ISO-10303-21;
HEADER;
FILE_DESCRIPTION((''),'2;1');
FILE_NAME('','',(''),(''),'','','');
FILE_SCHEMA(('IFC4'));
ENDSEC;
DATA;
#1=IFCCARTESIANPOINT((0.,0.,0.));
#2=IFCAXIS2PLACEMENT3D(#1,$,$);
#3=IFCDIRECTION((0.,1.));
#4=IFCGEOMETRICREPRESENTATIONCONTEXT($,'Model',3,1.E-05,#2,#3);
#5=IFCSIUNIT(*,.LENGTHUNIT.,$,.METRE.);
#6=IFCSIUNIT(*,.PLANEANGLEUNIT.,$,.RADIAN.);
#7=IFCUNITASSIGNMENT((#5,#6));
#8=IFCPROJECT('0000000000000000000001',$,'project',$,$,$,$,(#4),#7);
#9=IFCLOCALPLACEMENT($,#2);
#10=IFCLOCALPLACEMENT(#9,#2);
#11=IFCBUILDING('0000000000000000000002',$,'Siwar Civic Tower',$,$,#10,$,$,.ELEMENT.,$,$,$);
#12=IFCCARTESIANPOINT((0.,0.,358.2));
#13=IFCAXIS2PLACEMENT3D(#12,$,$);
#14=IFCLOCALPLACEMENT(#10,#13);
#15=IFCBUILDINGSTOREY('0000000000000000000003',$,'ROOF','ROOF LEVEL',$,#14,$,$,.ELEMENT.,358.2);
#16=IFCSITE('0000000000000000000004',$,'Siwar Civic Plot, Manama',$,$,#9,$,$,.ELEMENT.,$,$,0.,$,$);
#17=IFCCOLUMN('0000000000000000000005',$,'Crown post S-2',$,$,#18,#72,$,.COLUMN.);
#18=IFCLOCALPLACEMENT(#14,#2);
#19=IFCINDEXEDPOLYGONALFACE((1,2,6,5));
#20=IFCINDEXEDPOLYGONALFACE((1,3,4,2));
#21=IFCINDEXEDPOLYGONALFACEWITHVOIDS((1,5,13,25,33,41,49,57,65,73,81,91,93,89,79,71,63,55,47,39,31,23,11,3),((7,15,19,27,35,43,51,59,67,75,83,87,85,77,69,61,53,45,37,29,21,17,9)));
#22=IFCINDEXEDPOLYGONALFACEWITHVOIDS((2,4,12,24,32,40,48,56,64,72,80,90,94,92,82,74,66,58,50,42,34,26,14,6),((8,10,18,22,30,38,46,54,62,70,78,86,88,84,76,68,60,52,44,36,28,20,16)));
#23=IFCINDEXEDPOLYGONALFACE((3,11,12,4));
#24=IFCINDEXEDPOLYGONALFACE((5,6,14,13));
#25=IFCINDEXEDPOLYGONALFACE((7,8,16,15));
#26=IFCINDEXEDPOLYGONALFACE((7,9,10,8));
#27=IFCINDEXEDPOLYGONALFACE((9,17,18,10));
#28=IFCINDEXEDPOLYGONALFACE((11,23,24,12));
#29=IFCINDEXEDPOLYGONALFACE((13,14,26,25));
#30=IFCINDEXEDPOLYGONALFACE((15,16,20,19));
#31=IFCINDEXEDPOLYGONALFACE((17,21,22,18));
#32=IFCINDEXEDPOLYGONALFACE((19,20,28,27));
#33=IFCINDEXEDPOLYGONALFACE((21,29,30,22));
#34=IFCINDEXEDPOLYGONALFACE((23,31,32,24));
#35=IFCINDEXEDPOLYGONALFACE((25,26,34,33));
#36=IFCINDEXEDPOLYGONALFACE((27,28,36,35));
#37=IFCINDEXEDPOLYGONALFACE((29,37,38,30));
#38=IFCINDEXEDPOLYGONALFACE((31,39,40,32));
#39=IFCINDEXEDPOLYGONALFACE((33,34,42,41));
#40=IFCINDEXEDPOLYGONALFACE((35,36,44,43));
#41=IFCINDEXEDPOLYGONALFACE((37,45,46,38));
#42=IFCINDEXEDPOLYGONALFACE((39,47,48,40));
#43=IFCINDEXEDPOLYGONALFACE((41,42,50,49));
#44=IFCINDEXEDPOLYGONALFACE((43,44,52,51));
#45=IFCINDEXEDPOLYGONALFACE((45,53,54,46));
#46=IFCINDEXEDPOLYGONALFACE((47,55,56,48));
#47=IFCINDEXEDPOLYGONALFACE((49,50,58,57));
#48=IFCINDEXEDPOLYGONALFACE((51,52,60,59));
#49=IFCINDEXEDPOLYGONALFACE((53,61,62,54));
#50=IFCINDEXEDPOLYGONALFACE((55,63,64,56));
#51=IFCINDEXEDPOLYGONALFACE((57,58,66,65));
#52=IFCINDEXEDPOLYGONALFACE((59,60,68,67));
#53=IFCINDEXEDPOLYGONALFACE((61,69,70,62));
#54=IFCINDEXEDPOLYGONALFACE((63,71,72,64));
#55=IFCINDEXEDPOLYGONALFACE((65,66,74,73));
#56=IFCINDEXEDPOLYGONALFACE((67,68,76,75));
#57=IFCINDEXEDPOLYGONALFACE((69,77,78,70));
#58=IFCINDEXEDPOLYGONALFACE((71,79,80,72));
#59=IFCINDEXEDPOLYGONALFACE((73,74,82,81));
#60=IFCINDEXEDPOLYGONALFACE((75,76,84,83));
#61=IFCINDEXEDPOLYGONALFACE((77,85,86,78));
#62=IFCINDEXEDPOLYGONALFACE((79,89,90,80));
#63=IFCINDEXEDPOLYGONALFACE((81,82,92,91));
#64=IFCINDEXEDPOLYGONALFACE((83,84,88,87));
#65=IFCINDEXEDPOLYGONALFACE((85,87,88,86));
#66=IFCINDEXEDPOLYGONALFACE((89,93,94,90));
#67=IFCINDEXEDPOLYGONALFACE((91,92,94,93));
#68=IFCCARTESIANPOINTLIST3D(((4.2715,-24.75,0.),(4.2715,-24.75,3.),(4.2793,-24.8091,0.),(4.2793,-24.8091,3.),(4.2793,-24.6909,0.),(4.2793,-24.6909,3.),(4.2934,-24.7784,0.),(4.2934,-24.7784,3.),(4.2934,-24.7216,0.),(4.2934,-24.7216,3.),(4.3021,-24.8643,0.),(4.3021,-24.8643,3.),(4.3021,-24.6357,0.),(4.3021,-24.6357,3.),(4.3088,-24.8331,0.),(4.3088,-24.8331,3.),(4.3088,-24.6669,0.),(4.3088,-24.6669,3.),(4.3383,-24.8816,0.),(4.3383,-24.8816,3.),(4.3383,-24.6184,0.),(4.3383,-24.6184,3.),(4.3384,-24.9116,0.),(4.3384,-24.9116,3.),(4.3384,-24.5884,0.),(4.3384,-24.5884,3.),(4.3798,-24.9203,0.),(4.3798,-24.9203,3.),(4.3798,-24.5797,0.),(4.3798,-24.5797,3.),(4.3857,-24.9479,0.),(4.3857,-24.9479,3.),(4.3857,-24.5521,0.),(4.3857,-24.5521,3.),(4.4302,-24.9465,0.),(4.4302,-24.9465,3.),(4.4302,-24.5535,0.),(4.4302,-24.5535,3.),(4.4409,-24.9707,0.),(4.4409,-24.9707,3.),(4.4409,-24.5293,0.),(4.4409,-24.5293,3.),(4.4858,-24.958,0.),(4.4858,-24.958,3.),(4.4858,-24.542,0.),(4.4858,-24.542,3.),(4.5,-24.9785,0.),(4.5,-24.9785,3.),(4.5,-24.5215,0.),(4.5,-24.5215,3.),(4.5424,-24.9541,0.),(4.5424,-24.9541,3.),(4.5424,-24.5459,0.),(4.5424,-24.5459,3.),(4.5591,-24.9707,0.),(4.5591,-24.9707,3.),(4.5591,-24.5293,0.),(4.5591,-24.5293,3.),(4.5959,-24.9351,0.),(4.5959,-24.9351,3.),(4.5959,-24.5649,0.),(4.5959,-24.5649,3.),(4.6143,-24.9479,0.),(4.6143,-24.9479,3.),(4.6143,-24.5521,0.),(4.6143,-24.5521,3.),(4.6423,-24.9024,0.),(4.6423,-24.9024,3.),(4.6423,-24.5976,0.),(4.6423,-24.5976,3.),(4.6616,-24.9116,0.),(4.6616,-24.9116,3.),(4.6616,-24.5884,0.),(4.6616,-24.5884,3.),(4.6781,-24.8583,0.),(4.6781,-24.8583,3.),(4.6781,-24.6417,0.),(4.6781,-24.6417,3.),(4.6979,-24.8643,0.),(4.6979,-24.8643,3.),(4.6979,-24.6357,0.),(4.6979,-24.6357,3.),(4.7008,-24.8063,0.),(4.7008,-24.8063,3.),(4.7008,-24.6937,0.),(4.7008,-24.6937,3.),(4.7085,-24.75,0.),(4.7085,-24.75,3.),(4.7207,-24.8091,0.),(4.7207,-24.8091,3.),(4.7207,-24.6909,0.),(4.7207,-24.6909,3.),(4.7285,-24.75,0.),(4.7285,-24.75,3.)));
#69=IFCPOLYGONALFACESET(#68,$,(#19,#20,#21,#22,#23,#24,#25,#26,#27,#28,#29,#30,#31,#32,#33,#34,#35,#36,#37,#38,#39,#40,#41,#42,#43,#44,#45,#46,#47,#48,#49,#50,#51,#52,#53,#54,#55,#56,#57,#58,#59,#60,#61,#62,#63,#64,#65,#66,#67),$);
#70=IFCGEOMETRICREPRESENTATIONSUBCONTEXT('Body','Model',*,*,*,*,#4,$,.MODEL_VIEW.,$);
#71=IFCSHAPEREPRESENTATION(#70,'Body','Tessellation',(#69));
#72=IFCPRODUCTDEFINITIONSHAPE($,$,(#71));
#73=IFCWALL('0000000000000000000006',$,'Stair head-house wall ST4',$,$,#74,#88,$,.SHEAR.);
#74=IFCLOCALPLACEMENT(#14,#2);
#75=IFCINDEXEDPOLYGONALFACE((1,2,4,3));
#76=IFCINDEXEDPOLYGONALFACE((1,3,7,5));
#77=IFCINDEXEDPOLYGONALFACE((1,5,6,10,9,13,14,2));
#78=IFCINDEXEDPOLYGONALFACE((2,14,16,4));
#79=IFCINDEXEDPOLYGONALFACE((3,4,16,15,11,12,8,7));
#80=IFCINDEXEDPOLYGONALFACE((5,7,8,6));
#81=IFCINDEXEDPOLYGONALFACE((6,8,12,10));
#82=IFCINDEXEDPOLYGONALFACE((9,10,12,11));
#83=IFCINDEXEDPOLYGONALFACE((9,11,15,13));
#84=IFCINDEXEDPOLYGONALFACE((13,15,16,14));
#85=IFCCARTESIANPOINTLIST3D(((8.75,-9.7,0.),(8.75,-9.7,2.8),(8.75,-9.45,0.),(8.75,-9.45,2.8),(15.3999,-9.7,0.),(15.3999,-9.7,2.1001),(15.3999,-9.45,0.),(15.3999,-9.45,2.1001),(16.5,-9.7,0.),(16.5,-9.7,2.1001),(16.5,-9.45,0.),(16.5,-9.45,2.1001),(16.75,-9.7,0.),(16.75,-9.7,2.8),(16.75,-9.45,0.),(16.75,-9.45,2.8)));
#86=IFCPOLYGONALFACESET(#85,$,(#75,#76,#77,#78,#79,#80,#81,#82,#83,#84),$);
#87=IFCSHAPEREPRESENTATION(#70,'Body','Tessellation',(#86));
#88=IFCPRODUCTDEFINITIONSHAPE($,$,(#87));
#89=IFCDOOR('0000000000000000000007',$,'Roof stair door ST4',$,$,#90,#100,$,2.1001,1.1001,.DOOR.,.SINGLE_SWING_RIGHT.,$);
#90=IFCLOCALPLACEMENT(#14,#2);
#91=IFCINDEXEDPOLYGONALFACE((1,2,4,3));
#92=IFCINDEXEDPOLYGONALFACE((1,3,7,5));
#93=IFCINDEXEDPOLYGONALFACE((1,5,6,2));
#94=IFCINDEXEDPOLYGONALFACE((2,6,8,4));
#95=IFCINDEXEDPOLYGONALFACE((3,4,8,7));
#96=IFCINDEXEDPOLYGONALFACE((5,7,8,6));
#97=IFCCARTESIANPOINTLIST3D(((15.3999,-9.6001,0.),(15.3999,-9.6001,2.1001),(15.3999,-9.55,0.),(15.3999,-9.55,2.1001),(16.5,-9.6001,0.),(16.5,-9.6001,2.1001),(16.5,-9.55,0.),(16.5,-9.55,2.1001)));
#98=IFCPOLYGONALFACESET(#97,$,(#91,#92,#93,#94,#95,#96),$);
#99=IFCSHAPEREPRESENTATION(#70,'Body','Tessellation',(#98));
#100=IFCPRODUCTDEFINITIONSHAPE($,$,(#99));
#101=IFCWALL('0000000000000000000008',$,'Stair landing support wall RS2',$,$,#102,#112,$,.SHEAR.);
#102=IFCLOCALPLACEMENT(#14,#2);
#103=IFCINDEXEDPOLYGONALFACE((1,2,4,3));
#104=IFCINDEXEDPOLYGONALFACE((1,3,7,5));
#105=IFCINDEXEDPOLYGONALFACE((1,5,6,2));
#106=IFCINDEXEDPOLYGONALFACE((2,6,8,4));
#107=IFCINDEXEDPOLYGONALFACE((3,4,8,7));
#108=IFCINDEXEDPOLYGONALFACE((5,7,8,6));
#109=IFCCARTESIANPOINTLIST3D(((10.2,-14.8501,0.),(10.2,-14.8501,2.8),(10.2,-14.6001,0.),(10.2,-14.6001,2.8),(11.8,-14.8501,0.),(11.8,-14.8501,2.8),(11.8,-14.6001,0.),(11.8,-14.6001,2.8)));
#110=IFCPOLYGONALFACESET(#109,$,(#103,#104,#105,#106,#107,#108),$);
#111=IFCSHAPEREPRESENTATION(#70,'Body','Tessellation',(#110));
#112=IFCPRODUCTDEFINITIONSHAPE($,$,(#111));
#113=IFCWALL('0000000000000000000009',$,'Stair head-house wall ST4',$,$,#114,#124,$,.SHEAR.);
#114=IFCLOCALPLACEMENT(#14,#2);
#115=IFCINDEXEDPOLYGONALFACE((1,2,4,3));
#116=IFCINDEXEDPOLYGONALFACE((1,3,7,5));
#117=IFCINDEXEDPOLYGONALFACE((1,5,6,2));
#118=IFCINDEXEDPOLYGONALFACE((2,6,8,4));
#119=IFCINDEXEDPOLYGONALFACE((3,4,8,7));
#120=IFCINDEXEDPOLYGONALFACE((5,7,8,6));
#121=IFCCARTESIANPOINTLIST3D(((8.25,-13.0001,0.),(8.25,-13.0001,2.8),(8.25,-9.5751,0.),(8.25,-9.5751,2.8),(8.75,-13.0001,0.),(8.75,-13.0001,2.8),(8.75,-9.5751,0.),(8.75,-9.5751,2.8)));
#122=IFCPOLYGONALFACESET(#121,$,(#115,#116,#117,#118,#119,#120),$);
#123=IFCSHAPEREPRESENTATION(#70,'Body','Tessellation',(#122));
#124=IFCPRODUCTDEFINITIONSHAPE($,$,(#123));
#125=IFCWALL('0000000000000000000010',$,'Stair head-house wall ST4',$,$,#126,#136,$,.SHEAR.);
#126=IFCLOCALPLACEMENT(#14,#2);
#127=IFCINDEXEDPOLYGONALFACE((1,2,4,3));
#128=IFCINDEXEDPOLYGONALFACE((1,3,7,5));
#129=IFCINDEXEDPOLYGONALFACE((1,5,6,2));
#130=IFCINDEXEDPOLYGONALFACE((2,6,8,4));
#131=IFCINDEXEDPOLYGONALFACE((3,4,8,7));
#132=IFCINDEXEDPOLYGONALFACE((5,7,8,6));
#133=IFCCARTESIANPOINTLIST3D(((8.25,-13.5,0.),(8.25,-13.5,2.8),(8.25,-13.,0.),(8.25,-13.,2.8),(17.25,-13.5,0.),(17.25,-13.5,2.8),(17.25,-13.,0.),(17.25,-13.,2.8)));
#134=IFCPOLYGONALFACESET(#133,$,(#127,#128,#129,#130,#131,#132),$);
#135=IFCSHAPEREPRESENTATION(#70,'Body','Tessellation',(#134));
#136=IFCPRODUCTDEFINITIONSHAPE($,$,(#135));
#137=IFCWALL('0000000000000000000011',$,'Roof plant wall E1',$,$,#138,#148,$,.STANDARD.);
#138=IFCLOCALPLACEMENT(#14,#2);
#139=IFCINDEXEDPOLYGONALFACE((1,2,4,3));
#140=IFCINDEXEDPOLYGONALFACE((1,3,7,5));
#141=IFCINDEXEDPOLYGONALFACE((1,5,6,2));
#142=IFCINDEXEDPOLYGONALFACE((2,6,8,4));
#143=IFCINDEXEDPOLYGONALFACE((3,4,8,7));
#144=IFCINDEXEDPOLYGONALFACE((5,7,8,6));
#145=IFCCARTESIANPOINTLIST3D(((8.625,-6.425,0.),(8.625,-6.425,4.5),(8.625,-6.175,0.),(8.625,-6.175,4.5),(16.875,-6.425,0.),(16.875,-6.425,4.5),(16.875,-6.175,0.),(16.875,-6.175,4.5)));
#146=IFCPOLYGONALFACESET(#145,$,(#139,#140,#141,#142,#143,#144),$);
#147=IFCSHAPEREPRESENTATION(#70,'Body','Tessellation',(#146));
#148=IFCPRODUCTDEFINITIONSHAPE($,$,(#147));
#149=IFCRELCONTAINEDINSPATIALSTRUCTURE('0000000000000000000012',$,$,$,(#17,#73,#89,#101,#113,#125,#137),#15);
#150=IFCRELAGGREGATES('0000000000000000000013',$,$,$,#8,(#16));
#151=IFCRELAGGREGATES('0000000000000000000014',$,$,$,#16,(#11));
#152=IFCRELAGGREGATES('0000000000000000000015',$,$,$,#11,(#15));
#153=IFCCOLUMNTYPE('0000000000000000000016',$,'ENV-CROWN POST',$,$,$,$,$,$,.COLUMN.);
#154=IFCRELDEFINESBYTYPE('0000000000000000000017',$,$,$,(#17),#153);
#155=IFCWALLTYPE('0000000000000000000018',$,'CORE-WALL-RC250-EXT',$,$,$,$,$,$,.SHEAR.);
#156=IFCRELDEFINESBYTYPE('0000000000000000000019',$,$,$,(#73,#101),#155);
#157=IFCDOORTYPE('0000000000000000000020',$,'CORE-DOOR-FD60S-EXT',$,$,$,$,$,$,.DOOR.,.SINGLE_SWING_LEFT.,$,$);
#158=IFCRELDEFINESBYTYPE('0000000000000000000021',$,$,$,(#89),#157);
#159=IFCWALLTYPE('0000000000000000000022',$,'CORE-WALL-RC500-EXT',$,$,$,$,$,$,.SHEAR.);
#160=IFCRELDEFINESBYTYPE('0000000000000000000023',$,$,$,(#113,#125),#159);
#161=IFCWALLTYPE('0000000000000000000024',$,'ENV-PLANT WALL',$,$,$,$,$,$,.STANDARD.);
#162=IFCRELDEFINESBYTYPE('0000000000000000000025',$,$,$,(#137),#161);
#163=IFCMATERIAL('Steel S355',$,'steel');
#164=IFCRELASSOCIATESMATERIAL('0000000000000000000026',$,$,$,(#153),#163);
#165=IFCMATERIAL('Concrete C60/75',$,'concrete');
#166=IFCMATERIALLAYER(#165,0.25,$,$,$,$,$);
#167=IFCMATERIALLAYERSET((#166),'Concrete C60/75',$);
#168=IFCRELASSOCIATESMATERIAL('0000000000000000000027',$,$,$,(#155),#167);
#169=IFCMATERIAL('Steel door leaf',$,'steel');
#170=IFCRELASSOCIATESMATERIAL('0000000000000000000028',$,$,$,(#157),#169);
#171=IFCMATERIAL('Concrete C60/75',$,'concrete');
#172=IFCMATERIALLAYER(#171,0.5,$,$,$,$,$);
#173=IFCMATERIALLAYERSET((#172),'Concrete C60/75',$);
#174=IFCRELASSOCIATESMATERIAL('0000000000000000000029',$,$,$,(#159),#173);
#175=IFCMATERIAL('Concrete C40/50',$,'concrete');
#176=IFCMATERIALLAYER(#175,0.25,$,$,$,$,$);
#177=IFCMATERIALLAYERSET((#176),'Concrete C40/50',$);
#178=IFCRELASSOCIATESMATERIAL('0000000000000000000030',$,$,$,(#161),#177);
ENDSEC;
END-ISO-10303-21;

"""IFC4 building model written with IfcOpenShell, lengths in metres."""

from ifc_helpers import new_model, si_unit, direction, frame, frame_2d, origin, origin_2d, place, context, subcontext, project, spatial, rectangle, hollow_circle, extrude, material, layer, layer_set, material_profile, profile_set, type_object, element, fill, save


model = new_model("IFC4")

# Units and contexts
model_context = context("Model", 3, precision=1e-05, world=origin(), true_north=direction((0.0, 1.0)))
body_context = subcontext(model_context, "Body", "Model", "MODEL_VIEW")
ifc_project = project(units=[si_unit("LENGTHUNIT", "METRE"), si_unit("PLANEANGLEUNIT", "RADIAN")], contexts=[model_context])

# Site, building, storey
site_placement = place(None, origin())
site = spatial("IfcSite", under=ifc_project, at=site_placement, Name="Siwar Civic Plot, Manama", CompositionType="ELEMENT", RefElevation=0.0)
building_placement = place(site_placement, origin())
building = spatial("IfcBuilding", under=site, at=building_placement, Name="Siwar Civic Tower", CompositionType="ELEMENT")
storey_placement = place(building_placement, frame((0.0, 0.0, 358.2)))
storey = spatial("IfcBuildingStorey", under=building, at=storey_placement, Name="ROOF", Description="ROOF LEVEL", CompositionType="ELEMENT", Elevation=358.2)

# Column
ifc_material_1 = material(Name="Steel S355", Category="steel")
ifc_material_profile = material_profile(ifc_material_1, hollow_circle(Radius=0.2285, WallThickness=0.02, at=origin_2d()), Name="CHS457x20")
ifc_profile_set = profile_set([ifc_material_profile], Name="Steel S355")
column_type = type_object("IfcColumnType", Name="ENV-CROWN POST", PredefinedType="COLUMN", material=ifc_profile_set)
column_placement = place(storey_placement, frame((4.5, -24.75, 0.0), z_axis=(0.0, 0.0, 1.0), x_axis=(1.0, 0.0, 0.0)))
element("IfcColumn", 1, at=column_placement, inside=storey, type_object=column_type, Name="Crown post S-2", PredefinedType="COLUMN", context=body_context, shape_type="SweptSolid", body=[
    extrude(hollow_circle(Radius=0.2285, WallThickness=0.02, at=origin_2d()), origin(), (0.0, 0.0, 1.0), 3.0),
])

# Wall, opening, door
ifc_material_2 = material(Name="Concrete C60/75", Category="concrete")
ifc_layer_1 = layer(ifc_material_2, 0.25)
ifc_layer_set_1 = layer_set([ifc_layer_1], Name="Concrete C60/75")
wall_type_1 = type_object("IfcWallType", Name="CORE-WALL-RC250-EXT", PredefinedType="SHEAR", material=ifc_layer_set_1)
wall_1_placement = place(storey_placement, frame((8.75, -9.575, 0.0), z_axis=(0.0, 0.0, 1.0), x_axis=(1.0, 0.0, 0.0)))
wall_1 = element("IfcWall", 2, at=wall_1_placement, inside=storey, type_object=wall_type_1, Name="Stair head-house wall ST4", PredefinedType="SHEAR", context=body_context, shape_type="SweptSolid", body=[
    extrude(rectangle(XDim=8.0, YDim=0.25, at=frame_2d((4.0, 0.0))), origin(), (0.0, 0.0, 1.0), 2.8),
])
opening_placement = place(wall_1_placement, frame((6.6499, 0.0, 0.0)))
opening = element("IfcOpeningElement", 3, at=opening_placement, cuts=wall_1, PredefinedType="OPENING", context=body_context, shape_type="SweptSolid", body=[
    extrude(rectangle(XDim=1.1001, YDim=2.1001, at=frame_2d((0.55, 1.05))), frame((0.0, 0.135, 0.0), z_axis=(0.0, -1.0, 0.0), x_axis=(1.0, 0.0, 0.0)), (0.0, 0.0, 1.0), 0.27),
])
ifc_material_3 = material(Name="Steel door leaf", Category="steel")
door_type = type_object("IfcDoorType", Name="CORE-DOOR-FD60S-EXT", OperationType="SINGLE_SWING_LEFT", PredefinedType="DOOR", material=ifc_material_3)
door_placement = place(opening_placement, origin())
door = element("IfcDoor", 4, at=door_placement, inside=storey, type_object=door_type, Name="Roof stair door ST4", OperationType="SINGLE_SWING_RIGHT", OverallHeight=2.1001, OverallWidth=1.1001, PredefinedType="DOOR", context=body_context, shape_type="SweptSolid", body=[
    extrude(rectangle(XDim=1.1001, YDim=2.1001, at=frame_2d((0.55, 1.05))), frame((0.0, 0.0249, 0.0), z_axis=(0.0, -1.0, 0.0), x_axis=(1.0, 0.0, 0.0)), (0.0, 0.0, 1.0), 0.05),
])
fill(opening, door)

# Walls
wall_2_placement = place(storey_placement, frame((10.2, -14.7251, 0.0), z_axis=(0.0, 0.0, 1.0), x_axis=(1.0, 0.0, 0.0)))
element("IfcWall", 5, at=wall_2_placement, inside=storey, type_object=wall_type_1, Name="Stair landing support wall RS2", PredefinedType="SHEAR", context=body_context, shape_type="SweptSolid", body=[
    extrude(rectangle(XDim=1.6001, YDim=0.25, at=frame_2d((0.8, 0.0))), origin(), (0.0, 0.0, 1.0), 2.8),
])
ifc_material_4 = material(Name="Concrete C60/75", Category="concrete")
ifc_layer_2 = layer(ifc_material_4, 0.5)
ifc_layer_set_2 = layer_set([ifc_layer_2], Name="Concrete C60/75")
wall_type_2 = type_object("IfcWallType", Name="CORE-WALL-RC500-EXT", PredefinedType="SHEAR", material=ifc_layer_set_2)
wall_3_placement = place(storey_placement, frame((8.5, -13.0, 0.0), z_axis=(0.0, 0.0, 1.0), x_axis=(0.0, 1.0, 0.0)))
element("IfcWall", 6, at=wall_3_placement, inside=storey, type_object=wall_type_2, Name="Stair head-house wall ST4", PredefinedType="SHEAR", context=body_context, shape_type="SweptSolid", body=[
    extrude(rectangle(XDim=3.425, YDim=0.5, at=frame_2d((1.7124, 0.0))), origin(), (0.0, 0.0, 1.0), 2.8),
])
wall_4_placement = place(storey_placement, frame((8.25, -13.25, 0.0), z_axis=(0.0, 0.0, 1.0), x_axis=(1.0, 0.0, 0.0)))
element("IfcWall", 7, at=wall_4_placement, inside=storey, type_object=wall_type_2, Name="Stair head-house wall ST4", PredefinedType="SHEAR", context=body_context, shape_type="SweptSolid", body=[
    extrude(rectangle(XDim=9.0, YDim=0.5, at=frame_2d((4.5, 0.0))), origin(), (0.0, 0.0, 1.0), 2.8),
])
ifc_material_5 = material(Name="Concrete C40/50", Category="concrete")
ifc_layer_3 = layer(ifc_material_5, 0.25)
ifc_layer_set_3 = layer_set([ifc_layer_3], Name="Concrete C40/50")
wall_type_3 = type_object("IfcWallType", Name="ENV-PLANT WALL", PredefinedType="STANDARD", material=ifc_layer_set_3)
wall_5_placement = place(storey_placement, frame((8.625, -6.3, 0.0), z_axis=(0.0, 0.0, 1.0), x_axis=(1.0, 0.0, 0.0)))
element("IfcWall", 8, at=wall_5_placement, inside=storey, type_object=wall_type_3, Name="Roof plant wall E1", PredefinedType="STANDARD", context=body_context, shape_type="SweptSolid", body=[
    extrude(rectangle(XDim=8.25, YDim=0.25, at=frame_2d((4.125, 0.0))), origin(), (0.0, 0.0, 1.0), 4.5),
])

save(model, "model.ifc")
